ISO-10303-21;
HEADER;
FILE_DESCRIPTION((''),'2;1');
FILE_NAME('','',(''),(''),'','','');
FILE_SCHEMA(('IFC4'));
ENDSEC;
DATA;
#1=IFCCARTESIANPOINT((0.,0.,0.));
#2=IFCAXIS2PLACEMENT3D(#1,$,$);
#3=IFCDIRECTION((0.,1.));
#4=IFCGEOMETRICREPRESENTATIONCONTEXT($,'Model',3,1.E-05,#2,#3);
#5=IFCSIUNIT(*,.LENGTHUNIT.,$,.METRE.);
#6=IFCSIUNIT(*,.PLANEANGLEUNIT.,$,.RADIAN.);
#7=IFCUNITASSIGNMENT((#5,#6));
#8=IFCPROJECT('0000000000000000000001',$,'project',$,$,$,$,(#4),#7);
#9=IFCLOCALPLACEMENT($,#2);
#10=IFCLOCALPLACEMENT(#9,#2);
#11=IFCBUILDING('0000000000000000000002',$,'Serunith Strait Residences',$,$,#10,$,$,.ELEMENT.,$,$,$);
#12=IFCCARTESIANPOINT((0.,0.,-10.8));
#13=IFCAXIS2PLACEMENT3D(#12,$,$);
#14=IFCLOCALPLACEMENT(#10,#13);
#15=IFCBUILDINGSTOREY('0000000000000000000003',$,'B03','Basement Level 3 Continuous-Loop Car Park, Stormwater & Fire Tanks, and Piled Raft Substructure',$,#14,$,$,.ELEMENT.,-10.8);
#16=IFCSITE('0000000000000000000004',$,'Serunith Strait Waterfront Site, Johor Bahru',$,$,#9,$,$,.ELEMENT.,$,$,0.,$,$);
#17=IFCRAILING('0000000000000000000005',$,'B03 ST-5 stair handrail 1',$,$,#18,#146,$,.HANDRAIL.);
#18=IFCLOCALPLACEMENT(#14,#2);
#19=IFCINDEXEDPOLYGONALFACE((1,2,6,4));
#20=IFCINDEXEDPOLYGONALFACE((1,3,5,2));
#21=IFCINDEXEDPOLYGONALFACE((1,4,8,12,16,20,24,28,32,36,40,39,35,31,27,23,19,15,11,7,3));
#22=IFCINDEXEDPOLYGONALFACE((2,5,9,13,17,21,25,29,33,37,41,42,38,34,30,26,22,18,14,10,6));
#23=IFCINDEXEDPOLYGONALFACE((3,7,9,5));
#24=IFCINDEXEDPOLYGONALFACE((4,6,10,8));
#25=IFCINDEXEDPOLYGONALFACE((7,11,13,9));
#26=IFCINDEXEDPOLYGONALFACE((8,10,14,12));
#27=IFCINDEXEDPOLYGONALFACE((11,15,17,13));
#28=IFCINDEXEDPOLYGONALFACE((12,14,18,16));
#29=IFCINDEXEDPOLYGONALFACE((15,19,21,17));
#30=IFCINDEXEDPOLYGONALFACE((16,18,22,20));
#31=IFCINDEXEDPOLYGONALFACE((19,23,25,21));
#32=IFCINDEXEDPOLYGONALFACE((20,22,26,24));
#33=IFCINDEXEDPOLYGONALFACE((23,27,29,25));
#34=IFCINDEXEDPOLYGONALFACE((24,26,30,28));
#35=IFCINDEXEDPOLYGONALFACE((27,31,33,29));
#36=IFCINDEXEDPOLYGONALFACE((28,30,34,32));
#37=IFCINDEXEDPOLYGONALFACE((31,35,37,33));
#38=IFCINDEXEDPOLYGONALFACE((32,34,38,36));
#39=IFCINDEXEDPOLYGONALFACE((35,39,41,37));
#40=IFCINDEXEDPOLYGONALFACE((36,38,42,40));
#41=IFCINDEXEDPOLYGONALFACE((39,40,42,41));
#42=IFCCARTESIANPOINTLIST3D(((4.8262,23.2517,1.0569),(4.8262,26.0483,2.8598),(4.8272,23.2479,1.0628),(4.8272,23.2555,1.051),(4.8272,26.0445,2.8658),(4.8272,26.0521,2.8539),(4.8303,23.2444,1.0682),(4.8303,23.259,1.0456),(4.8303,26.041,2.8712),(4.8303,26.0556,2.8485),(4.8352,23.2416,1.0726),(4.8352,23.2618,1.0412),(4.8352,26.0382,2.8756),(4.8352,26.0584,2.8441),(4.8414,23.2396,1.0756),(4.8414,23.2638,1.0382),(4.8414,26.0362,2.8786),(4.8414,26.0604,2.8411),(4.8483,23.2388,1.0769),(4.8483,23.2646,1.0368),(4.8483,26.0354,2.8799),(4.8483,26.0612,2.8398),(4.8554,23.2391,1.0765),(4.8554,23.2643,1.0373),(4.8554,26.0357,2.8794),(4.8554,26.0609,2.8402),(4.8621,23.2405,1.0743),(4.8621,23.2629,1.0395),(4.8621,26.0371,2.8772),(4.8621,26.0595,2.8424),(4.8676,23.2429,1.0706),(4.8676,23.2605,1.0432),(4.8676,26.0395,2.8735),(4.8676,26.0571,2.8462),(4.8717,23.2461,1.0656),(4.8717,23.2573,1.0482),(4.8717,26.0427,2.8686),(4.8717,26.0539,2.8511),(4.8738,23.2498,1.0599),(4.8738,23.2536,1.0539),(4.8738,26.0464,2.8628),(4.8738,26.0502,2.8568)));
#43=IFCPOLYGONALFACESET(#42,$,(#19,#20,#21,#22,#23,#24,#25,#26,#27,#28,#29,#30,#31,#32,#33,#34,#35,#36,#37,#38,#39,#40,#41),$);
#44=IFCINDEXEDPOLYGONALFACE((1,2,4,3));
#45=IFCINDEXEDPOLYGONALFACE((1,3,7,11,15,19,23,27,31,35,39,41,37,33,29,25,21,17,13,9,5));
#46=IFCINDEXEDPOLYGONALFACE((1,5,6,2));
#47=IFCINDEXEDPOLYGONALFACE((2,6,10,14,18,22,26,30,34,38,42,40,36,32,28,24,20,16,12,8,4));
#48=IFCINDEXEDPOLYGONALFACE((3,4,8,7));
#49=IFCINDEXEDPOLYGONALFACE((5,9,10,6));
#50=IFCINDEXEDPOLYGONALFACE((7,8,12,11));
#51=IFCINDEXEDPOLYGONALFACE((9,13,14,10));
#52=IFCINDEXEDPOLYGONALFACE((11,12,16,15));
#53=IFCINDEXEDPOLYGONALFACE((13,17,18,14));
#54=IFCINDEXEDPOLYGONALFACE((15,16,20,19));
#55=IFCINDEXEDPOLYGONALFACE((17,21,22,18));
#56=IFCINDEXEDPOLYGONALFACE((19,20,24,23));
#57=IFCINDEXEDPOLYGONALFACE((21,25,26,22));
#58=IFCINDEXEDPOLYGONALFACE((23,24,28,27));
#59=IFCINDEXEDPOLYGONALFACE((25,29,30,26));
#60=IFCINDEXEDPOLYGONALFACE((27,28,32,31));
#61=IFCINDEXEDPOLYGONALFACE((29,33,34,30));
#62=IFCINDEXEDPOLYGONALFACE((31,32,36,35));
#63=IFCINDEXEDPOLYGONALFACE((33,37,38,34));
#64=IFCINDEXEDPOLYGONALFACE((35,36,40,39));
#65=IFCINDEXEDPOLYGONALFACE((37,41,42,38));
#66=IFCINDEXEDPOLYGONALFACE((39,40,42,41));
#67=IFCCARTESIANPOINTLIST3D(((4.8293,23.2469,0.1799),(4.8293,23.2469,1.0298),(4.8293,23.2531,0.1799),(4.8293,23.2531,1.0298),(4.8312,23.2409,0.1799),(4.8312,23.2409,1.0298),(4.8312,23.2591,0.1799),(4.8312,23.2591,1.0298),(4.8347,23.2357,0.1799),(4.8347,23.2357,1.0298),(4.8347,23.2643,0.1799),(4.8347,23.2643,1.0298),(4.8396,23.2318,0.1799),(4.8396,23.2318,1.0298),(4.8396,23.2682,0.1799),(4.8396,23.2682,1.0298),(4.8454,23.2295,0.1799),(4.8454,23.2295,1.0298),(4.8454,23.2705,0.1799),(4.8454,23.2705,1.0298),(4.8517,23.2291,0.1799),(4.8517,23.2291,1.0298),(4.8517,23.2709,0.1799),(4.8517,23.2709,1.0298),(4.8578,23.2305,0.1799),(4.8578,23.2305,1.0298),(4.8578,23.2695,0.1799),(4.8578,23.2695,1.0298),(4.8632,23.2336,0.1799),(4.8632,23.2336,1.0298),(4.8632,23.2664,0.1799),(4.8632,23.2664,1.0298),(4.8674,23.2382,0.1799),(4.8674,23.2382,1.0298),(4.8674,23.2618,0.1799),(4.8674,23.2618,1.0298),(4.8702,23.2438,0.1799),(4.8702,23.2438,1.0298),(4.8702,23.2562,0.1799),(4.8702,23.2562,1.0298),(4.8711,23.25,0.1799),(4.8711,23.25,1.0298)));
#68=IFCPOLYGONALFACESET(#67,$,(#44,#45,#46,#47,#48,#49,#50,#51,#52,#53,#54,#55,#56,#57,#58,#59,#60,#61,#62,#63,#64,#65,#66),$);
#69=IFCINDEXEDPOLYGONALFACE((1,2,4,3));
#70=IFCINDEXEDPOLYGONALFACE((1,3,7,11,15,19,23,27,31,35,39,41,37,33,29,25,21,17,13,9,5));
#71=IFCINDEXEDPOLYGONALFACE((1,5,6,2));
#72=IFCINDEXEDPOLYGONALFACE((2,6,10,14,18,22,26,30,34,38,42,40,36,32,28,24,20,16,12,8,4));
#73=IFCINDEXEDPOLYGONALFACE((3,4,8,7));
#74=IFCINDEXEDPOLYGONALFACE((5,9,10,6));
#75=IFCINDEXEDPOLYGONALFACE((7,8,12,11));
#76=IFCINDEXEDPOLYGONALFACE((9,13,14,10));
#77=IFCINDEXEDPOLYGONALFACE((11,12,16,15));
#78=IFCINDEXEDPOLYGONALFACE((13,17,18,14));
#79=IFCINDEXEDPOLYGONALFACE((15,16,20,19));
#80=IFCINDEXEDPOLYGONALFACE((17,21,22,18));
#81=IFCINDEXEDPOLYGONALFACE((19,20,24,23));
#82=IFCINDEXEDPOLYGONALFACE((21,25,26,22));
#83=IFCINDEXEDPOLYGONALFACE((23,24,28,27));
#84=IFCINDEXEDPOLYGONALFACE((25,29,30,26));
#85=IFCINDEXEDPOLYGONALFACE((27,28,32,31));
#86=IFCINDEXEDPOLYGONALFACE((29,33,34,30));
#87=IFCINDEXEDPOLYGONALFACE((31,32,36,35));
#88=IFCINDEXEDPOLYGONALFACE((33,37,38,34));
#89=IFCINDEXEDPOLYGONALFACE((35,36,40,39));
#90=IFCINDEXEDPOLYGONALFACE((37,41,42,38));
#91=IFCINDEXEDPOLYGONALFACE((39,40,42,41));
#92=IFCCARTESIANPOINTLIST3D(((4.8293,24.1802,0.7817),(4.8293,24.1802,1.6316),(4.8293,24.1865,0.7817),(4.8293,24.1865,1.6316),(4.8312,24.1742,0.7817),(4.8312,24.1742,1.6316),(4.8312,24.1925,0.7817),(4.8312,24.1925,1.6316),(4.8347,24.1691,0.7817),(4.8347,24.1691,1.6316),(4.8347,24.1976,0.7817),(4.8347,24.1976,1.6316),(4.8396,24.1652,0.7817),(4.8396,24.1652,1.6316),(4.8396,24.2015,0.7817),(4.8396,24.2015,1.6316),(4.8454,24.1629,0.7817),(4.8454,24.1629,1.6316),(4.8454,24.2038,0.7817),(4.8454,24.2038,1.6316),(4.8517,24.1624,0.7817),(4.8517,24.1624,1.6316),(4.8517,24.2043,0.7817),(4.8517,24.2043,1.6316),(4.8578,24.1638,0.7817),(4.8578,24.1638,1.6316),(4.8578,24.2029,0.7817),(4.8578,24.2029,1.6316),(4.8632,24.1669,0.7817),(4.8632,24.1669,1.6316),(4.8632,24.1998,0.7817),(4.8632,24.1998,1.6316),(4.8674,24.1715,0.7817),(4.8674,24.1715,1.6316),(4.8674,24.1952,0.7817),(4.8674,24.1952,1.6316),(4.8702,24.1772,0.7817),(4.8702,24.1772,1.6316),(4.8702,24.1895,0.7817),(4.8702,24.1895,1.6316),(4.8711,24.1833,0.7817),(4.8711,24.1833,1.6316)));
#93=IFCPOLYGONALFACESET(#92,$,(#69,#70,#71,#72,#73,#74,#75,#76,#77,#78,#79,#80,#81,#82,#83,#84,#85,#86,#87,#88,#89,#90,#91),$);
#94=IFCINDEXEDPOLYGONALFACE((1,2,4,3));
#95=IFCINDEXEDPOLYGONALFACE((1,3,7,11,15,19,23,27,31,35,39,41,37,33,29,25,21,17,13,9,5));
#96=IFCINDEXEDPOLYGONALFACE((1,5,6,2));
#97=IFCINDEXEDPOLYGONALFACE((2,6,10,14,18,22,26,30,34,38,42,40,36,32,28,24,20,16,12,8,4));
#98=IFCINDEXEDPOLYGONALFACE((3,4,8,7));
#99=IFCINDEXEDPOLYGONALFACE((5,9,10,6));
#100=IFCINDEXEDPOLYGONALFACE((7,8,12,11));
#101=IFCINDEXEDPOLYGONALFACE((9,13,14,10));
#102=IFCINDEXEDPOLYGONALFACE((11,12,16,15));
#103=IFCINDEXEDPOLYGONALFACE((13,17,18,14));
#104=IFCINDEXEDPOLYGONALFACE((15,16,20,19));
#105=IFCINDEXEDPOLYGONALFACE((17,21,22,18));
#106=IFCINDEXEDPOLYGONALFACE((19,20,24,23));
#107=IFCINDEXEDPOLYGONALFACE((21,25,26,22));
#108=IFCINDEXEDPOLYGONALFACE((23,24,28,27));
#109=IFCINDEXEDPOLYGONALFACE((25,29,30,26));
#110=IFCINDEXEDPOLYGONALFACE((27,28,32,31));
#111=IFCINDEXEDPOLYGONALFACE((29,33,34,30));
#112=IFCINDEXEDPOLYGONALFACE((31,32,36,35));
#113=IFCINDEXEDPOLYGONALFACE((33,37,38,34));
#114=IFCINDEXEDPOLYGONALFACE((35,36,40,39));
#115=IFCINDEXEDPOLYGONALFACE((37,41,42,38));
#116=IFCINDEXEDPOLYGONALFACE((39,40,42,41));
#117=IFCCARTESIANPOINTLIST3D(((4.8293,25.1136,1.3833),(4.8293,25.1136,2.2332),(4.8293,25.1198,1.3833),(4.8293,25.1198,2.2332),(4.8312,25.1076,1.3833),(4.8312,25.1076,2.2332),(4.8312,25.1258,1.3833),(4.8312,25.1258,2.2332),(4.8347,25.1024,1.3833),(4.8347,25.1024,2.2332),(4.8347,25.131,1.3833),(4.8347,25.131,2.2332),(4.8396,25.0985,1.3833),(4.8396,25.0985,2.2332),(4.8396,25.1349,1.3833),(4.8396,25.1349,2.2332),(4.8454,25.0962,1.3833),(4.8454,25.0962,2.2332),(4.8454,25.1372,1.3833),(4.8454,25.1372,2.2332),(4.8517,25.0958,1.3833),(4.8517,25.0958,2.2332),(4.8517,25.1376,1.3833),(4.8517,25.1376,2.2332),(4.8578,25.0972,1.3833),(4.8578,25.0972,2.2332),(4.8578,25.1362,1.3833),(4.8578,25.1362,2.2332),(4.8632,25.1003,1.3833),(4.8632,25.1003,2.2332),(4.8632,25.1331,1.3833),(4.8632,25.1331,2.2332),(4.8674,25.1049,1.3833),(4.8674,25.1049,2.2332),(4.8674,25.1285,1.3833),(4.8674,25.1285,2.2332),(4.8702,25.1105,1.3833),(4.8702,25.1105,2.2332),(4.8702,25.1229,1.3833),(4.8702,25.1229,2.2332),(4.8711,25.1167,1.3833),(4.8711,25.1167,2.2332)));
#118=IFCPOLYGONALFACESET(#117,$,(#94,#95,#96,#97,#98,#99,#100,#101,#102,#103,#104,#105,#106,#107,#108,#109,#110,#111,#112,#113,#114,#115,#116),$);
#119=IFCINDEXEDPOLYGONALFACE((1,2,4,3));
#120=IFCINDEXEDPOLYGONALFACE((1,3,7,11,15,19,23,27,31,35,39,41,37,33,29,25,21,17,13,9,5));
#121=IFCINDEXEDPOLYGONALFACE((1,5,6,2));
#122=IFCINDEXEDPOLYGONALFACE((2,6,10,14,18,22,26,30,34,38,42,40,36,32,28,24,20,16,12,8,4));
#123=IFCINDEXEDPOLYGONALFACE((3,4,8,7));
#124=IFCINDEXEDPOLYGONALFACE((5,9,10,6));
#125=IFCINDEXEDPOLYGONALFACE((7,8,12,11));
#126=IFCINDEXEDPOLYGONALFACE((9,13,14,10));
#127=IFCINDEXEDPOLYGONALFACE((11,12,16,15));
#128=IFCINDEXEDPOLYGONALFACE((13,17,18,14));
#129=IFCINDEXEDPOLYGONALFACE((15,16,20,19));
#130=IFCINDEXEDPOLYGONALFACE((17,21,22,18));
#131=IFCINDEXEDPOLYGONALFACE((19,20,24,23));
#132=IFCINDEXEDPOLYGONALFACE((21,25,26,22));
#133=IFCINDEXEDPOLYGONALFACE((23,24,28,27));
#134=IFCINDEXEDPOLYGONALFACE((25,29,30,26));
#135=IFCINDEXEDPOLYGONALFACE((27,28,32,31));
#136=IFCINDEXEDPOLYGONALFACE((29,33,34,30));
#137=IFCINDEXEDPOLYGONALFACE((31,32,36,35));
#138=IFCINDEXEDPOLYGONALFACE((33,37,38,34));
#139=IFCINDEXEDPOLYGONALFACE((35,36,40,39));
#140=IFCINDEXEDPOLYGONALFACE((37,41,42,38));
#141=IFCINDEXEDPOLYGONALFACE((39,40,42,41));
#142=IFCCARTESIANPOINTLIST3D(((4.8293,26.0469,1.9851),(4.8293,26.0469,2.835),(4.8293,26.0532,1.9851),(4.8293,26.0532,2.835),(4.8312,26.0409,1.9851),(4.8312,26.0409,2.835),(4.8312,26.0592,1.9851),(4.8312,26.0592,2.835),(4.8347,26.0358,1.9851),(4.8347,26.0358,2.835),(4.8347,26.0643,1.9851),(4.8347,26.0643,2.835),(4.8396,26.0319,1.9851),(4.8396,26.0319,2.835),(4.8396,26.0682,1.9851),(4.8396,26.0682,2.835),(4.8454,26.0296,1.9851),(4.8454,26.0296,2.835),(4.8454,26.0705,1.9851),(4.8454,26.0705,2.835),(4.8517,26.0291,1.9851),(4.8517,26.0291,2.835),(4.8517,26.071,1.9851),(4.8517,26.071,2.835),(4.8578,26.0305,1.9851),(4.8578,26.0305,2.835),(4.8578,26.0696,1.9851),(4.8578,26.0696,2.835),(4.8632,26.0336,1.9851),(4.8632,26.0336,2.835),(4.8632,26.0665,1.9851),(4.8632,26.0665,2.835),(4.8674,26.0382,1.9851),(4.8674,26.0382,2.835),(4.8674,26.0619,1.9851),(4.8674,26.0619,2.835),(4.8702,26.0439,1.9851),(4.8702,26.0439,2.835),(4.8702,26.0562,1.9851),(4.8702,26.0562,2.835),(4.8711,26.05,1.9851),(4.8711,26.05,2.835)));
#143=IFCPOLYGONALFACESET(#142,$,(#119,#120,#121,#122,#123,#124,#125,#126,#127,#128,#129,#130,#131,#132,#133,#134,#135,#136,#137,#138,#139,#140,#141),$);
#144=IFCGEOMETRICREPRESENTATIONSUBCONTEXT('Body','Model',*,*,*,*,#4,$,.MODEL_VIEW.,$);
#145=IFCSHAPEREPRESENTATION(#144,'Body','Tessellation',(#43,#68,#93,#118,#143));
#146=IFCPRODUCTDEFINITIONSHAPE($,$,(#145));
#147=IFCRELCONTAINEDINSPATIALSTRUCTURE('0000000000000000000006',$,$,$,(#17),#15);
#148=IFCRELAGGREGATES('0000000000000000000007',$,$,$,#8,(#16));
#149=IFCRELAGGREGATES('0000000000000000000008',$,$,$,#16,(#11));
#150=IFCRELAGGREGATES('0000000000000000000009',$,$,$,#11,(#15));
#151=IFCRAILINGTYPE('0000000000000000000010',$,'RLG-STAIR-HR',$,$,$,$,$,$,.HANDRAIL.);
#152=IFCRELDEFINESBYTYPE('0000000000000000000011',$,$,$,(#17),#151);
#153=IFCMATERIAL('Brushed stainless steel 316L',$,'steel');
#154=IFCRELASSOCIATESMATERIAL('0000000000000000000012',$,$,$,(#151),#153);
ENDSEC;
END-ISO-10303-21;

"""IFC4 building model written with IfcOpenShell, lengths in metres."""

from ifc_helpers import new_model, si_unit, direction, frame, origin, origin_2d, place, context, subcontext, project, spatial, circle, extrude, material, type_object, element, save


model = new_model("IFC4")

# Units and contexts
model_context = context("Model", 3, precision=1e-05, world=origin(), true_north=direction((0.0, 1.0)))
body_context = subcontext(model_context, "Body", "Model", "MODEL_VIEW")
ifc_project = project(units=[si_unit("LENGTHUNIT", "METRE"), si_unit("PLANEANGLEUNIT", "RADIAN")], contexts=[model_context])

# Site, building, storey
site_placement = place(None, origin())
site = spatial("IfcSite", under=ifc_project, at=site_placement, Name="Serunith Strait Waterfront Site, Johor Bahru", CompositionType="ELEMENT", RefElevation=0.0)
building_placement = place(site_placement, origin())
building = spatial("IfcBuilding", under=site, at=building_placement, Name="Serunith Strait Residences", CompositionType="ELEMENT")
storey_placement = place(building_placement, frame((0.0, 0.0, -10.8)))
storey = spatial("IfcBuildingStorey", under=building, at=storey_placement, Name="B03", Description="Basement Level 3 Continuous-Loop Car Park, Stormwater & Fire Tanks, and Piled Raft Substructure", CompositionType="ELEMENT", Elevation=-10.8)

# Railing
ifc_material_1 = material(Name="Brushed stainless steel 316L", Category="steel")
railing_type_1 = type_object("IfcRailingType", Name="RLG-STAIR-HR", PredefinedType="HANDRAIL", material=ifc_material_1)
railing_1_placement = place(storey_placement, frame((4.8501, 23.25, 0.1799)))
element("IfcRailing", 1, at=railing_1_placement, inside=storey, type_object=railing_type_1, Name="B03 ST-5 stair handrail 1", PredefinedType="HANDRAIL", context=body_context, shape_type="SweptSolid", body=[
    extrude(circle(Radius=0.0239, at=origin_2d()), frame((0.0, 0.0017, 0.877), z_axis=(0.0, 0.840475, 0.54185), x_axis=(-1.0, 0.0, 0.0)), (0.0, 0.0, 1.0), 3.3274),
    extrude(circle(Radius=0.021, at=origin_2d()), origin(), (0.0, 0.0, 1.0), 0.8499),
    extrude(circle(Radius=0.021, at=origin_2d()), frame((0.0, 0.9333, 0.6018)), (0.0, 0.0, 1.0), 0.8499),
    extrude(circle(Radius=0.021, at=origin_2d()), frame((0.0, 1.8667, 1.2034)), (0.0, 0.0, 1.0), 0.8499),
    extrude(circle(Radius=0.021, at=origin_2d()), frame((0.0, 2.8, 1.8052)), (0.0, 0.0, 1.0), 0.8499),
])

save(model, "model.ifc")
